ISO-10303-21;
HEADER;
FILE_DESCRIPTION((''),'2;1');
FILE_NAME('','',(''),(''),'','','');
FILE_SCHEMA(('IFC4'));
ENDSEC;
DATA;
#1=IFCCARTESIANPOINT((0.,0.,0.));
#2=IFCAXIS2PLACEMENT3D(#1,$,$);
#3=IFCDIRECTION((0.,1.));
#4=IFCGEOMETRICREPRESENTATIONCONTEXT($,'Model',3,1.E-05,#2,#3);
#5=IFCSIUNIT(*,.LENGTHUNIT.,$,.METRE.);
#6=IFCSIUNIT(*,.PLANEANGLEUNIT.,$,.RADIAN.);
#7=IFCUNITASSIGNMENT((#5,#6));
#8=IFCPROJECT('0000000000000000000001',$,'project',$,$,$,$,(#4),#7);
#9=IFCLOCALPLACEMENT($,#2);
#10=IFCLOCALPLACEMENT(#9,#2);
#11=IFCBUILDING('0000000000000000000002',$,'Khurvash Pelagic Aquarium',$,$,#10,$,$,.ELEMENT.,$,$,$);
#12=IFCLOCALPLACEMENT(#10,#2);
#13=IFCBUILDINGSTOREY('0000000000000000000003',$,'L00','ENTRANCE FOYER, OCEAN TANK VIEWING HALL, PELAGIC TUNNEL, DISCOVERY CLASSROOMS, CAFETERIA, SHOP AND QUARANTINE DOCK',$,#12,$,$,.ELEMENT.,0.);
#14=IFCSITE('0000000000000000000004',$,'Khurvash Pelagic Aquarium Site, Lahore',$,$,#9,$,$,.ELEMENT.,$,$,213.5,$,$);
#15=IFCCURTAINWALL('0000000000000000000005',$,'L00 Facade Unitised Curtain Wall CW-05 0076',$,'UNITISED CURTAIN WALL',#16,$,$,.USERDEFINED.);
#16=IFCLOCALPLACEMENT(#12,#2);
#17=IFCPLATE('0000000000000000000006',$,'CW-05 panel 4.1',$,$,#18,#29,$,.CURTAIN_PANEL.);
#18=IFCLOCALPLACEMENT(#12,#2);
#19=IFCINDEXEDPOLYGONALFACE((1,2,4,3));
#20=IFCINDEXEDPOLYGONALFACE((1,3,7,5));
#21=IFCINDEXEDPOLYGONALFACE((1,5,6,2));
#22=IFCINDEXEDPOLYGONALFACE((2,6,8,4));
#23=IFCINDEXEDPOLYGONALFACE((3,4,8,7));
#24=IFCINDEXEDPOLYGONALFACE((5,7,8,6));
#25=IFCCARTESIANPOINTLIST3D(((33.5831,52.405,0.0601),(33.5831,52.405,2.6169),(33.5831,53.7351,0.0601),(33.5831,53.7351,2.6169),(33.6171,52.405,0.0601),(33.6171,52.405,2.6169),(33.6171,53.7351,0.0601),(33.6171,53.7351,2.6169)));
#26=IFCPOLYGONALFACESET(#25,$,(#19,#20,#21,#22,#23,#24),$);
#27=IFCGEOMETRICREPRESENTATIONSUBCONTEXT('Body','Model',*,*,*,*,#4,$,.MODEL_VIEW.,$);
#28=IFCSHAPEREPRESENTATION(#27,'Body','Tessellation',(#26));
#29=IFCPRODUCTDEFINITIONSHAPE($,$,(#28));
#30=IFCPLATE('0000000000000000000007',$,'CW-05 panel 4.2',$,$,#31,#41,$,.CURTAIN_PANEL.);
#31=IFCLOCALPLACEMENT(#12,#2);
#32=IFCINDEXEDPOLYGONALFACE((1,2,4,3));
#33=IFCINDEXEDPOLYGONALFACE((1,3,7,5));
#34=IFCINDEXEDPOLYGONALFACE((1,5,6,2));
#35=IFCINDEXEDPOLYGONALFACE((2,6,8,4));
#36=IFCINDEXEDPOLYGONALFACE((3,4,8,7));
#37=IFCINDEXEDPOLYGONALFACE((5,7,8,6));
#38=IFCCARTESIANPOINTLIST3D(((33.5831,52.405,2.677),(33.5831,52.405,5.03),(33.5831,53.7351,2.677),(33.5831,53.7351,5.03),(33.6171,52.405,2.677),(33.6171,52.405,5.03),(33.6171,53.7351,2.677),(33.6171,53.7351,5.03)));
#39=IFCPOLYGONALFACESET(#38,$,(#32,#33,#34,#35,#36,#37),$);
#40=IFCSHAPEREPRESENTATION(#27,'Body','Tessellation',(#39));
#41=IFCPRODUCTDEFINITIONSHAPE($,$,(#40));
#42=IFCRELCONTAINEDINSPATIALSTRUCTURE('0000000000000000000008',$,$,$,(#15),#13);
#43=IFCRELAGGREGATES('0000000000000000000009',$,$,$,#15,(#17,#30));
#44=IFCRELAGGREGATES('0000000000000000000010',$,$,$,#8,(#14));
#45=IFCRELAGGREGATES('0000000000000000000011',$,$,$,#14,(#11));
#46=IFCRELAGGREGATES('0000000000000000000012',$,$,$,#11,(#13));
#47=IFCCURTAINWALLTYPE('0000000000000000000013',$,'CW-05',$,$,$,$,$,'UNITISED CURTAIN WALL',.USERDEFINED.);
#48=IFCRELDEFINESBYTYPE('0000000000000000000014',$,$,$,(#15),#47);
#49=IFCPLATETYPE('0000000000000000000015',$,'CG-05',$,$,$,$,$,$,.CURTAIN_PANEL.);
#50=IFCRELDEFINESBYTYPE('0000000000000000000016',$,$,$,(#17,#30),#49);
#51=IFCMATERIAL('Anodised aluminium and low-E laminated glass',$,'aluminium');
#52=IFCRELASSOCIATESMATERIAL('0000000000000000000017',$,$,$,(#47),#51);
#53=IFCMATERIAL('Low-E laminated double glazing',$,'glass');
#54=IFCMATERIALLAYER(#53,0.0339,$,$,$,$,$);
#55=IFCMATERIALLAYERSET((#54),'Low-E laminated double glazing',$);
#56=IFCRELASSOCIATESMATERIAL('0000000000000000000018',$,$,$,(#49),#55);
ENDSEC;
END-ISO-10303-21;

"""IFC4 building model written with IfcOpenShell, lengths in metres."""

from ifc_helpers import new_model, si_unit, direction, frame, origin, origin_2d, place, context, subcontext, project, spatial, rectangle, extrude, material, layer, layer_set, type_object, element, aggregate, save


model = new_model("IFC4")

# Units and contexts
model_context = context("Model", 3, precision=1e-05, world=origin(), true_north=direction((0.0, 1.0)))
body_context = subcontext(model_context, "Body", "Model", "MODEL_VIEW")
ifc_project = project(units=[si_unit("LENGTHUNIT", "METRE"), si_unit("PLANEANGLEUNIT", "RADIAN")], contexts=[model_context])

# Site, building, storey
site_placement = place(None, origin())
site = spatial("IfcSite", under=ifc_project, at=site_placement, Name="Khurvash Pelagic Aquarium Site, Lahore", CompositionType="ELEMENT", RefElevation=213.5)
building_placement = place(site_placement, origin())
building = spatial("IfcBuilding", under=site, at=building_placement, Name="Khurvash Pelagic Aquarium", CompositionType="ELEMENT")
storey_placement = place(building_placement, origin())
storey = spatial("IfcBuildingStorey", under=building, at=storey_placement, Name="L00", Description="ENTRANCE FOYER, OCEAN TANK VIEWING HALL, PELAGIC TUNNEL, DISCOVERY CLASSROOMS, CAFETERIA, SHOP AND QUARANTINE DOCK", CompositionType="ELEMENT", Elevation=0.0)

# Curtain wall
ifc_material_1 = material(Name="Anodised aluminium and low-E laminated glass", Category="aluminium")
curtain_wall_type = type_object("IfcCurtainWallType", Name="CW-05", ElementType="UNITISED CURTAIN WALL", PredefinedType="USERDEFINED", material=ifc_material_1)
curtain_wall_1_placement = place(storey_placement, origin())
curtain_wall_1 = element("IfcCurtainWall", 1, at=curtain_wall_1_placement, inside=storey, type_object=curtain_wall_type, Name="L00 Facade Unitised Curtain Wall CW-05 0076", ObjectType="UNITISED CURTAIN WALL", PredefinedType="USERDEFINED")

# Plates
ifc_material_2 = material(Name="Low-E laminated double glazing", Category="glass")
ifc_layer = layer(ifc_material_2, 0.0339)
ifc_layer_set = layer_set([ifc_layer], Name="Low-E laminated double glazing")
plate_type = type_object("IfcPlateType", Name="CG-05", PredefinedType="CURTAIN_PANEL", material=ifc_layer_set)
plate_1_placement = place(storey_placement, frame((33.6001, 53.0701, 0.0601), z_axis=(0.0, 0.0, 1.0), x_axis=(0.0, 1.0, 0.0)))
plate_1 = element("IfcPlate", 2, at=plate_1_placement, type_object=plate_type, Name="CW-05 panel 4.1", PredefinedType="CURTAIN_PANEL", context=body_context, shape_type="SweptSolid", body=[
    extrude(rectangle(XDim=1.3301, YDim=0.0339, at=origin_2d()), origin(), (0.0, 0.0, 1.0), 2.5569),
])
plate_2_placement = place(storey_placement, frame((33.6001, 53.0701, 2.677), z_axis=(0.0, 0.0, 1.0), x_axis=(0.0, 1.0, 0.0)))
plate_2 = element("IfcPlate", 3, at=plate_2_placement, type_object=plate_type, Name="CW-05 panel 4.2", PredefinedType="CURTAIN_PANEL", context=body_context, shape_type="SweptSolid", body=[
    extrude(rectangle(XDim=1.3301, YDim=0.0339, at=origin_2d()), origin(), (0.0, 0.0, 1.0), 2.353),
])
aggregate(curtain_wall_1, [plate_1, plate_2])

save(model, "model.ifc")
